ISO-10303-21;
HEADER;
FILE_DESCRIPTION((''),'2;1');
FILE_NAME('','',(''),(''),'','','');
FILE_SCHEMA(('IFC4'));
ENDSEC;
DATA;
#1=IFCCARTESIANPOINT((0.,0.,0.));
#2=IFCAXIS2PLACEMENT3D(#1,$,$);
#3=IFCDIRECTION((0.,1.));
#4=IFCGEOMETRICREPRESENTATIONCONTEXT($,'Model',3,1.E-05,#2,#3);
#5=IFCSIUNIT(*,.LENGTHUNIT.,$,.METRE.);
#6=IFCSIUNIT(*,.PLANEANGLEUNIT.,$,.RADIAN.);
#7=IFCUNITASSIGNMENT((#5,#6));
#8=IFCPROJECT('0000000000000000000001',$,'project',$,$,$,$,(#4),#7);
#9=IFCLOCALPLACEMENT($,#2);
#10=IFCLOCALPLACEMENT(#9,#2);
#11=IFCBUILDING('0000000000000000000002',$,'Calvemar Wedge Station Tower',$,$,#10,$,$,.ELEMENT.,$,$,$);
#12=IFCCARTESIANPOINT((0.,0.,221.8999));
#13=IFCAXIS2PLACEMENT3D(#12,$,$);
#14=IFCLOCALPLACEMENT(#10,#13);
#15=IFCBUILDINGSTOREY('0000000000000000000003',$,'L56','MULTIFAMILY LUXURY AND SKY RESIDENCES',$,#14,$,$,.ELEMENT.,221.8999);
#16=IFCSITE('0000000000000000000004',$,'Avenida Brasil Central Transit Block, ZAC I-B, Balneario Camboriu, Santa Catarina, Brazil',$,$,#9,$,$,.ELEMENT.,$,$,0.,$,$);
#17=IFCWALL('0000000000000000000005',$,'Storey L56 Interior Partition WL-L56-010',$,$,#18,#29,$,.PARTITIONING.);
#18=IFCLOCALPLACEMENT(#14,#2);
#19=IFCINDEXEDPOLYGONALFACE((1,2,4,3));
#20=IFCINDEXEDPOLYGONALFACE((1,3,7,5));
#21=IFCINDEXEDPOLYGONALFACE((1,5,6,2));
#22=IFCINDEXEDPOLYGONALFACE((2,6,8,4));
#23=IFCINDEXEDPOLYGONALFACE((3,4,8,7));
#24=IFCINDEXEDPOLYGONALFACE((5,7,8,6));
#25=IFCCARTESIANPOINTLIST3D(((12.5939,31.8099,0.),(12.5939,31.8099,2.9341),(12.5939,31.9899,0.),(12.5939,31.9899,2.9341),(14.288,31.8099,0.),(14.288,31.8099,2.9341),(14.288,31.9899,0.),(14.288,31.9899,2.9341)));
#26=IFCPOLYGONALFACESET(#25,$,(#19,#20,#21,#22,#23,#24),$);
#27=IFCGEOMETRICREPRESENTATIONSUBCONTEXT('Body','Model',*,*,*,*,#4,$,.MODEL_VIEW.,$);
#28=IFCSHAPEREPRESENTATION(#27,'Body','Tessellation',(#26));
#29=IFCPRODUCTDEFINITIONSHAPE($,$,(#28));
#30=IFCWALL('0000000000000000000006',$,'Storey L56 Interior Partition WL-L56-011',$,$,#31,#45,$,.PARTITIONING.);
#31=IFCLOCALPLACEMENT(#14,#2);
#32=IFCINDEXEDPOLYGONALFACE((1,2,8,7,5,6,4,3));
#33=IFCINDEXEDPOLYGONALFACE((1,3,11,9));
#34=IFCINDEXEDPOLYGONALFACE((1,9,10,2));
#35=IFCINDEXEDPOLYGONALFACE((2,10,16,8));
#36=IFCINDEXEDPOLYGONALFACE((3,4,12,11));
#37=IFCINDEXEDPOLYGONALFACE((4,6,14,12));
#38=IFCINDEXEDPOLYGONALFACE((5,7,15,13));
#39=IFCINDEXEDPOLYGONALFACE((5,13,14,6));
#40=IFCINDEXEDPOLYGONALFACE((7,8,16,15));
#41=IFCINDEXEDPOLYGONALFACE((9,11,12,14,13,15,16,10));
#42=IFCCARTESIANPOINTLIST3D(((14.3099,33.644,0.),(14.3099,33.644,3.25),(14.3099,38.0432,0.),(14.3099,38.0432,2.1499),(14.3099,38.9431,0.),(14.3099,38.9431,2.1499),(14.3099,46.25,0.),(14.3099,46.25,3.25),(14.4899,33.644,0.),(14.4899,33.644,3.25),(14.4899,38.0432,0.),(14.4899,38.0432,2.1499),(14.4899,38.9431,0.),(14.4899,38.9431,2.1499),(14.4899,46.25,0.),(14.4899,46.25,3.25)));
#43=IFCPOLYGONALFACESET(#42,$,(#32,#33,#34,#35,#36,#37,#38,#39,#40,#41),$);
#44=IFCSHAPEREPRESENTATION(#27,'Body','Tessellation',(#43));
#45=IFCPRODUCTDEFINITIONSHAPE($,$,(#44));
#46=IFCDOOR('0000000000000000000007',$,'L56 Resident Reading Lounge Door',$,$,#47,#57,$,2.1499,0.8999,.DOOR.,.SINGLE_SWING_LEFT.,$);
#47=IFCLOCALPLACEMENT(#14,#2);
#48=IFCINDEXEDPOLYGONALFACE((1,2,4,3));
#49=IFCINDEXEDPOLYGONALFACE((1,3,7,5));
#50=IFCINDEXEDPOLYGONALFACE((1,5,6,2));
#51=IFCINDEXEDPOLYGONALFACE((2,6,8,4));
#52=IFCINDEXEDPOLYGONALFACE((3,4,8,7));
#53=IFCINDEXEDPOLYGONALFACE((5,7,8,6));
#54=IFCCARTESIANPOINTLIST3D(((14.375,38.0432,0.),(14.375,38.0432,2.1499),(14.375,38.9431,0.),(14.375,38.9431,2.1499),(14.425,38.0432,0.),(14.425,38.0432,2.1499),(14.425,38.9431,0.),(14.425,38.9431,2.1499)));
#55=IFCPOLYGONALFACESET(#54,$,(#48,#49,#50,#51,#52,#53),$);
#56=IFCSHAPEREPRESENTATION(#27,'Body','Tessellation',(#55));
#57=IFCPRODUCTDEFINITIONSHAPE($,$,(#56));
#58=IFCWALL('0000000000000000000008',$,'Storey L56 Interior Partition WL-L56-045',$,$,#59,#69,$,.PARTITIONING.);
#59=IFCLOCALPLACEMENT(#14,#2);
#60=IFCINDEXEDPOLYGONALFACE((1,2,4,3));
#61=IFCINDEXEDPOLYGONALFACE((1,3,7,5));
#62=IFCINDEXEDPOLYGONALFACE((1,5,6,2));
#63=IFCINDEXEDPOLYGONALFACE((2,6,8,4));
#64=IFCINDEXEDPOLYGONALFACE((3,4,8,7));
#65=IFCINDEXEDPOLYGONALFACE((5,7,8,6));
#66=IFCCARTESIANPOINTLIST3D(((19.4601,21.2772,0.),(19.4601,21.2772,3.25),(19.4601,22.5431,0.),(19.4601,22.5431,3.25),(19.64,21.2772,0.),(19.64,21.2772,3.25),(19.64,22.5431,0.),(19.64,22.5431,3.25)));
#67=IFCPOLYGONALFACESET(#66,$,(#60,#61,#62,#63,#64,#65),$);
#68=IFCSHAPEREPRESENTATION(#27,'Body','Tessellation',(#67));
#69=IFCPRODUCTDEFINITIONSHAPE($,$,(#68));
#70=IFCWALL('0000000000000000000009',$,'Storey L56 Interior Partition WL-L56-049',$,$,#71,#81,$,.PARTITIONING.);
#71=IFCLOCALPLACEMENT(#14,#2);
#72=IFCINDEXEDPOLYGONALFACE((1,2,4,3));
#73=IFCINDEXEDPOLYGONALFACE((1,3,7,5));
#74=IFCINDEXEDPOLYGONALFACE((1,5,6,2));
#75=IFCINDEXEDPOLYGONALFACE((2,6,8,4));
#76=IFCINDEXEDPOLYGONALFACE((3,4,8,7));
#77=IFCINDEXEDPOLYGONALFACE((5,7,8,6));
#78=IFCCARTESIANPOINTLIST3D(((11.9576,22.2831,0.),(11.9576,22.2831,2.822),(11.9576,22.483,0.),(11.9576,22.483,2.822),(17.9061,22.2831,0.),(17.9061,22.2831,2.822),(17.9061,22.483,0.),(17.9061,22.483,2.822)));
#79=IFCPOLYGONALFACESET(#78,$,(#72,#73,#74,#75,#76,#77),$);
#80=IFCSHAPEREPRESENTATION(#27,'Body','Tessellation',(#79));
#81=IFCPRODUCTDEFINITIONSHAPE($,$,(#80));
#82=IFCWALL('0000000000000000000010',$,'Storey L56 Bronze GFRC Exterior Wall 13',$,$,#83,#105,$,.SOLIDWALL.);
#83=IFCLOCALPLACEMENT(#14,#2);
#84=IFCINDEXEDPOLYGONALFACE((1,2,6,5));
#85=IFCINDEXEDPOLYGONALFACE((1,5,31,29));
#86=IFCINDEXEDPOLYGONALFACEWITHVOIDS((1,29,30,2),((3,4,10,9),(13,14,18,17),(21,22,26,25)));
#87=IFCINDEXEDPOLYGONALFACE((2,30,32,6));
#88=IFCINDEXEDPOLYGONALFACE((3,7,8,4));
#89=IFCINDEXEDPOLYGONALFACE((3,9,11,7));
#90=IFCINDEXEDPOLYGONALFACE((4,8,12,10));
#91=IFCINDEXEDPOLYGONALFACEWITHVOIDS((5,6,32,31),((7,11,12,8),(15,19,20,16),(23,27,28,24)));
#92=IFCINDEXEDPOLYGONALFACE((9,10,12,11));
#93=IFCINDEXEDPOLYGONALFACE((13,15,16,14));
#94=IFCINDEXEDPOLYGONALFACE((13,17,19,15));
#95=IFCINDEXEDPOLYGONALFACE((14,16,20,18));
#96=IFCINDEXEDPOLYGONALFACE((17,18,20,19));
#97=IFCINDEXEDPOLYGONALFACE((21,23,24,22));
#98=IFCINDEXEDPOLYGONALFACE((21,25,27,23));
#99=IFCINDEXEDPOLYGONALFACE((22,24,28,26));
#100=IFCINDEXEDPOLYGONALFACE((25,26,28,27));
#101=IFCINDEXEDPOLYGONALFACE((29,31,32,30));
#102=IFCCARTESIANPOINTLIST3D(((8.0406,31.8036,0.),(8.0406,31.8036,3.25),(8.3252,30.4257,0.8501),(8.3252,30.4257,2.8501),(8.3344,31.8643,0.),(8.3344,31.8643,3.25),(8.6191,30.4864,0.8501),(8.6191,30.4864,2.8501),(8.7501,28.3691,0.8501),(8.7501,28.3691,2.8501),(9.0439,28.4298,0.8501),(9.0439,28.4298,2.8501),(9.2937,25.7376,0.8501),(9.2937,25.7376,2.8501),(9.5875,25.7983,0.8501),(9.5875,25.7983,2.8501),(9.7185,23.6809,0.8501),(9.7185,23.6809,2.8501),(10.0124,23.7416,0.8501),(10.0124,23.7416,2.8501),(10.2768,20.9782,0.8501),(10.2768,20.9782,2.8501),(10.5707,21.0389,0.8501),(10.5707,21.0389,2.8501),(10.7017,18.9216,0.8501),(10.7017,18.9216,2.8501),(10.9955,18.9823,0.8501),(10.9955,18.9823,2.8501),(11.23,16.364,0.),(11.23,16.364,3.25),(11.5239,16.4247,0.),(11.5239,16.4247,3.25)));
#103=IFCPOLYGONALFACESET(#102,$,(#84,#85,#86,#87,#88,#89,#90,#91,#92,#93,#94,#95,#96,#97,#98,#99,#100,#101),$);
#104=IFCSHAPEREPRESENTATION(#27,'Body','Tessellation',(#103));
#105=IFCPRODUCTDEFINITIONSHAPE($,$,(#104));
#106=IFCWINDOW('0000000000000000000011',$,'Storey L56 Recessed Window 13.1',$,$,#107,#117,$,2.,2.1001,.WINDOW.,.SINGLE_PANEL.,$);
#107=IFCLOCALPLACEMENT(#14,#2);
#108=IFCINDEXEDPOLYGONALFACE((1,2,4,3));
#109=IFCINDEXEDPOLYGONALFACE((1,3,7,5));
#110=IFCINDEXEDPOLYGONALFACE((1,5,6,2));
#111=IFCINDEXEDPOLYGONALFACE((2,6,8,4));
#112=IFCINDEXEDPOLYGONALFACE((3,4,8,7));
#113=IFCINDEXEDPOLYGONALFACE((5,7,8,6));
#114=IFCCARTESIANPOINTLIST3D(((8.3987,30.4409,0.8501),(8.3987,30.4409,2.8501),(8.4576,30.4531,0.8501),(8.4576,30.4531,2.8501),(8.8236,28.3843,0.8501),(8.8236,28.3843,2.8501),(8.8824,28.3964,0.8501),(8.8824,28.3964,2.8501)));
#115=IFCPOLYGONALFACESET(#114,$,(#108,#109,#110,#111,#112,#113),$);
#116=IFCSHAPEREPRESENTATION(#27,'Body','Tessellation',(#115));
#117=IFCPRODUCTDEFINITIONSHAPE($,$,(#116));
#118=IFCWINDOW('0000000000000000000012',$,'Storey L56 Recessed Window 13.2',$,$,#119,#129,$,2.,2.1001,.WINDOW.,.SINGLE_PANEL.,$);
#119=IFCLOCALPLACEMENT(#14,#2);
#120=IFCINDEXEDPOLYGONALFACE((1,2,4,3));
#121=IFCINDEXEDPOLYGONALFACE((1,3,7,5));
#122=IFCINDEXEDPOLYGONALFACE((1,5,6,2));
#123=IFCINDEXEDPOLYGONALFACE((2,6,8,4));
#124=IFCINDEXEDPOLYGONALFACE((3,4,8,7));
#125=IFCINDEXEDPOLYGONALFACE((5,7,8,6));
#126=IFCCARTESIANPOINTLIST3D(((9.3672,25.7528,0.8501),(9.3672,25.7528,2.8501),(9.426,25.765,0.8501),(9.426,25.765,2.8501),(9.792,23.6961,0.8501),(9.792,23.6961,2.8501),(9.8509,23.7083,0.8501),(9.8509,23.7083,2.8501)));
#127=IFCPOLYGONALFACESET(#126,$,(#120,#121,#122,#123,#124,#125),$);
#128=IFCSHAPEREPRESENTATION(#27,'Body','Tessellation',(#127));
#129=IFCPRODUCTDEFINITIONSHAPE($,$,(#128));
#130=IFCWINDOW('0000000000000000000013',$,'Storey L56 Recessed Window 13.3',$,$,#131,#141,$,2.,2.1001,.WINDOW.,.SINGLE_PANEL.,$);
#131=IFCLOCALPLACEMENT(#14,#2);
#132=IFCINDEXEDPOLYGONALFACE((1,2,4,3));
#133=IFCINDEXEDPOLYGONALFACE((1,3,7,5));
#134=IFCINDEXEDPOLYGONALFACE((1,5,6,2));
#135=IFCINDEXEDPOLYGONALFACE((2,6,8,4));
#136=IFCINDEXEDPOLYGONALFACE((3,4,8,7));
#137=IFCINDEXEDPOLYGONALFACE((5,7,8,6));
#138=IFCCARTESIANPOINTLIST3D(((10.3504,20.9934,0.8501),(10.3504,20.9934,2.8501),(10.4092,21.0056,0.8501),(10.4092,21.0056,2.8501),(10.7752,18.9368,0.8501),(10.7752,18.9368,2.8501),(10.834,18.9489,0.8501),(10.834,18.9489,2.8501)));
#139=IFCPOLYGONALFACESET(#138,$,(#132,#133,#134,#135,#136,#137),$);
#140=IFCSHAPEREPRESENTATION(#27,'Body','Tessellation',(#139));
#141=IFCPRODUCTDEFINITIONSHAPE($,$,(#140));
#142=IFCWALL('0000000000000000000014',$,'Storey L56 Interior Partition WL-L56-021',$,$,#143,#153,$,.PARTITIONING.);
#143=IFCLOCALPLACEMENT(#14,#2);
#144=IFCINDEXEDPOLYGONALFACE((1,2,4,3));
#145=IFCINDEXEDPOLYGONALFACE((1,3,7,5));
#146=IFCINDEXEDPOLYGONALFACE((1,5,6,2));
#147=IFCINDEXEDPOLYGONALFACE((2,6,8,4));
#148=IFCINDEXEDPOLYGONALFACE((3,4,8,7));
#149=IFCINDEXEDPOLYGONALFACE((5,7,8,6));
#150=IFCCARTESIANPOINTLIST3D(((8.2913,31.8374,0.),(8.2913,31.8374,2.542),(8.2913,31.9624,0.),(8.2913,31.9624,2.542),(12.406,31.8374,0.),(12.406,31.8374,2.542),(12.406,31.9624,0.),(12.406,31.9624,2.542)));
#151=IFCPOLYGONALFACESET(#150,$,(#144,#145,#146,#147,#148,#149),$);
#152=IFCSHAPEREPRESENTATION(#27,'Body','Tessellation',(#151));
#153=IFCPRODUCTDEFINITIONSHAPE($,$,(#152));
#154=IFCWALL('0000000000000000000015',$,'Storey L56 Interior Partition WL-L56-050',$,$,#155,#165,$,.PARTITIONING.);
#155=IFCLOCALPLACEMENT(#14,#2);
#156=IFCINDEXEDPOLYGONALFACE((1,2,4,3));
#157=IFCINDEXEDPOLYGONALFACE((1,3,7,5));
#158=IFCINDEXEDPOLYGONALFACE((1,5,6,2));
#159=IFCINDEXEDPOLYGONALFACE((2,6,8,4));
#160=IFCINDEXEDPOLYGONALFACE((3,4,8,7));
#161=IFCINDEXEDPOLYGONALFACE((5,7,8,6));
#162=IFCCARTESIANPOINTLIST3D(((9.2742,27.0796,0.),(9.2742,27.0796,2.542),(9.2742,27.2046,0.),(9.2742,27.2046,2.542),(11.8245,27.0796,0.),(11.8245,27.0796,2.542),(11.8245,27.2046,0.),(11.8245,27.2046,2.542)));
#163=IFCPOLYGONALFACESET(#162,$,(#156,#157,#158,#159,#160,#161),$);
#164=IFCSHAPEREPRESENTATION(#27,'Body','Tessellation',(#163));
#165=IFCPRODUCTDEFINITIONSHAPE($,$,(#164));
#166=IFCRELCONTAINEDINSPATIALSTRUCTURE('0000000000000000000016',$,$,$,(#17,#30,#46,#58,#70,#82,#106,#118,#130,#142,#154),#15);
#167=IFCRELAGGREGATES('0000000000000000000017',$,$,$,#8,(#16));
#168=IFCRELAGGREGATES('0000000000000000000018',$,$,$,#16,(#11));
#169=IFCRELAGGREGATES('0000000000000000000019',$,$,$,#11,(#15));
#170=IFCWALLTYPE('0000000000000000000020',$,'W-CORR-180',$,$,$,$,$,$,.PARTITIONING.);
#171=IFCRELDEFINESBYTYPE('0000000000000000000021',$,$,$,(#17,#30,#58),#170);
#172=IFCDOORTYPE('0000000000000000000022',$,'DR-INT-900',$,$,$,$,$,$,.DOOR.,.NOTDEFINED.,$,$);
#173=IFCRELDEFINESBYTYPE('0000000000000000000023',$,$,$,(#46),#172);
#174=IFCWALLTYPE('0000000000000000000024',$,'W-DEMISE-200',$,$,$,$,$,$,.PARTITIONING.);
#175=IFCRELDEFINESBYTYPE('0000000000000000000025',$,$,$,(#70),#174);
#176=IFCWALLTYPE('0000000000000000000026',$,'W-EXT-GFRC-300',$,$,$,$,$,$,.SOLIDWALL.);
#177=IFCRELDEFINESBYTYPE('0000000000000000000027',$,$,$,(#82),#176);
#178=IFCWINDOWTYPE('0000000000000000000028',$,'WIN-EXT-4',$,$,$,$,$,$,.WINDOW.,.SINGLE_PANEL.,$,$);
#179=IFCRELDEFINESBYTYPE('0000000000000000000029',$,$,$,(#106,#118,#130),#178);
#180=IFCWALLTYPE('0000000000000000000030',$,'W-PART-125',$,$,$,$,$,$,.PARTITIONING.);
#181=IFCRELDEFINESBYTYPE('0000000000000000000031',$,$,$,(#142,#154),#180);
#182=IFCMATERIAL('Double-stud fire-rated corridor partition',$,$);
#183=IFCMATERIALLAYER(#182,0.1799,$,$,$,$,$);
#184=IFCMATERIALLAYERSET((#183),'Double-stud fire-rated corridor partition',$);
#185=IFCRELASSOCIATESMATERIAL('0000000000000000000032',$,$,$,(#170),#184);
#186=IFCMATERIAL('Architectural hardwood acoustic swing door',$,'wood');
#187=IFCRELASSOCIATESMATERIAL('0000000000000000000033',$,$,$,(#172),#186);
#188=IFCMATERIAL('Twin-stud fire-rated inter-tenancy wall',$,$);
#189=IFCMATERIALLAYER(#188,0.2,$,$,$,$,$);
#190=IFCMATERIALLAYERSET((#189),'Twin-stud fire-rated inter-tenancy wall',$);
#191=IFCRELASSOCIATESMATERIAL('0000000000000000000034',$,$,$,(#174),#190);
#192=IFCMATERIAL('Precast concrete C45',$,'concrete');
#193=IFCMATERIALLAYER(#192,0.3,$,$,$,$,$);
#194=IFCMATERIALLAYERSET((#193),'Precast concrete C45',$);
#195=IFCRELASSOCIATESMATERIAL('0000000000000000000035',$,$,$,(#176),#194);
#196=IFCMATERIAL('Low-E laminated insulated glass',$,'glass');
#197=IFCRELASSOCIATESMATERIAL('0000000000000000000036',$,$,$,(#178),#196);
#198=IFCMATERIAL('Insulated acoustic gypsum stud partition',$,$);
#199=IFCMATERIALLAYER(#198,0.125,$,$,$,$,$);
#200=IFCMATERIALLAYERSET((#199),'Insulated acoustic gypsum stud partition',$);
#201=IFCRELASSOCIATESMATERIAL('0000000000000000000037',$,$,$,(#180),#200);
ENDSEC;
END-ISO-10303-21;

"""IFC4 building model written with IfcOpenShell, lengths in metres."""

from ifc_helpers import new_model, si_unit, direction, frame, frame_2d, origin, place, context, subcontext, project, spatial, rectangle, extrude, source, transform, mapped, material, layer, layer_set, type_object, element, fill, save


model = new_model("IFC4")

# Units and contexts
model_context = context("Model", 3, precision=1e-05, world=origin(), true_north=direction((0.0, 1.0)))
body_context = subcontext(model_context, "Body", "Model", "MODEL_VIEW")
ifc_project = project(units=[si_unit("LENGTHUNIT", "METRE"), si_unit("PLANEANGLEUNIT", "RADIAN")], contexts=[model_context])

# Site, building, storey
site_placement = place(None, origin())
site = spatial("IfcSite", under=ifc_project, at=site_placement, Name="Avenida Brasil Central Transit Block, ZAC I-B, Balneario Camboriu, Santa Catarina, Brazil", CompositionType="ELEMENT", RefElevation=0.0)
building_placement = place(site_placement, origin())
building = spatial("IfcBuilding", under=site, at=building_placement, Name="Calvemar Wedge Station Tower", CompositionType="ELEMENT")
storey_placement = place(building_placement, frame((0.0, 0.0, 221.8999)))
storey = spatial("IfcBuildingStorey", under=building, at=storey_placement, Name="L56", Description="MULTIFAMILY LUXURY AND SKY RESIDENCES", CompositionType="ELEMENT", Elevation=221.8999)

# Shared definitions
ifc_material_1 = material(Name="Precast concrete C45", Category="concrete")

# Wall
ifc_material_2 = material(Name="Double-stud fire-rated corridor partition")
ifc_layer_1 = layer(ifc_material_2, 0.1799)
ifc_layer_set_1 = layer_set([ifc_layer_1], Name="Double-stud fire-rated corridor partition")
wall_type_1 = type_object("IfcWallType", Name="W-CORR-180", PredefinedType="PARTITIONING", material=ifc_layer_set_1)
wall_1_placement = place(storey_placement, frame((14.2881, 31.8999, 0.0), z_axis=(0.0, 0.0, 1.0), x_axis=(-1.0, 0.0, 0.0)))
element("IfcWall", 1, at=wall_1_placement, inside=storey, type_object=wall_type_1, Name="Storey L56 Interior Partition WL-L56-010", PredefinedType="PARTITIONING", context=body_context, shape_type="SweptSolid", body=[
    extrude(rectangle(XDim=1.6941, YDim=0.1799, at=frame_2d((0.8472, 0.0))), origin(), (0.0, 0.0, 1.0), 2.9341),
])

# Wall, opening, door
wall_2_placement = place(storey_placement, frame((14.3999, 33.644, 0.0), z_axis=(0.0, 0.0, 1.0), x_axis=(0.0, 1.0, 0.0)))
wall_2 = element("IfcWall", 2, at=wall_2_placement, inside=storey, type_object=wall_type_1, Name="Storey L56 Interior Partition WL-L56-011", PredefinedType="PARTITIONING", context=body_context, shape_type="SweptSolid", body=[
    extrude(rectangle(XDim=12.606, YDim=0.1799, at=frame_2d((6.303, 0.0))), origin(), (0.0, 0.0, 1.0), 3.25),
])
shared_shape_1 = source(origin(), body_context, "Body", "SweptSolid", [
    extrude(rectangle(XDim=0.8999, YDim=2.1499, at=frame_2d((0.45, 1.075))), frame((0.0, 0.1001, 0.0), z_axis=(0.0, -1.0, 0.0), x_axis=(1.0, 0.0, 0.0)), (0.0, 0.0, 1.0), 0.2),
])
opening_1_placement = place(wall_2_placement, frame((4.3992, 0.0, 0.0)))
opening_1 = element("IfcOpeningElement", 3, at=opening_1_placement, cuts=wall_2, PredefinedType="OPENING", context=body_context, shape_type="MappedRepresentation", body=[
    mapped(shared_shape_1, transform((0.0, 0.0, 0.0), scale=1.0)),
])
ifc_material_3 = material(Name="Architectural hardwood acoustic swing door", Category="wood")
door_type_1 = type_object("IfcDoorType", Name="DR-INT-900", OperationType="NOTDEFINED", PredefinedType="DOOR", material=ifc_material_3)
shared_shape_2 = source(origin(), body_context, "Body", "SweptSolid", [
    extrude(rectangle(XDim=0.8999, YDim=2.1499, at=frame_2d((0.45, 1.075))), frame((0.0, 0.0249, 0.0), z_axis=(0.0, -1.0, 0.0), x_axis=(1.0, 0.0, 0.0)), (0.0, 0.0, 1.0), 0.05),
])
door_1_placement = place(opening_1_placement, origin())
door_1 = element("IfcDoor", 4, at=door_1_placement, inside=storey, type_object=door_type_1, Name="L56 Resident Reading Lounge Door", OperationType="SINGLE_SWING_LEFT", OverallHeight=2.1499, OverallWidth=0.8999, PredefinedType="DOOR", context=body_context, shape_type="MappedRepresentation", body=[
    mapped(shared_shape_2, transform((0.0, 0.0, 0.0), scale=1.0)),
])
fill(opening_1, door_1)

# Walls
wall_3_placement = place(storey_placement, frame((19.55, 22.543, 0.0), z_axis=(0.0, 0.0, 1.0), x_axis=(0.0, -1.0, 0.0)))
element("IfcWall", 5, at=wall_3_placement, inside=storey, type_object=wall_type_1, Name="Storey L56 Interior Partition WL-L56-045", PredefinedType="PARTITIONING", context=body_context, shape_type="SweptSolid", body=[
    extrude(rectangle(XDim=1.2659, YDim=0.1799, at=frame_2d((0.6328, 0.0))), origin(), (0.0, 0.0, 1.0), 3.25),
])
ifc_material_4 = material(Name="Twin-stud fire-rated inter-tenancy wall")
ifc_layer_2 = layer(ifc_material_4, 0.2)
ifc_layer_set_2 = layer_set([ifc_layer_2], Name="Twin-stud fire-rated inter-tenancy wall")
wall_type_2 = type_object("IfcWallType", Name="W-DEMISE-200", PredefinedType="PARTITIONING", material=ifc_layer_set_2)
wall_4_placement = place(storey_placement, frame((17.906, 22.3831, 0.0), z_axis=(0.0, 0.0, 1.0), x_axis=(-1.0, 0.0, 0.0)))
element("IfcWall", 6, at=wall_4_placement, inside=storey, type_object=wall_type_2, Name="Storey L56 Interior Partition WL-L56-049", PredefinedType="PARTITIONING", context=body_context, shape_type="SweptSolid", body=[
    extrude(rectangle(XDim=5.9485, YDim=0.2, at=frame_2d((2.9741, 0.0))), origin(), (0.0, 0.0, 1.0), 2.822),
])

# Wall, openings, windows
ifc_layer_3 = layer(ifc_material_1, 0.3)
ifc_layer_set_3 = layer_set([ifc_layer_3], Name="Precast concrete C45")
wall_type_3 = type_object("IfcWallType", Name="W-EXT-GFRC-300", PredefinedType="SOLIDWALL", material=ifc_layer_set_3)
wall_5_placement = place(storey_placement, frame((8.1875, 31.834, 0.0), z_axis=(0.0, 0.0, 1.0), x_axis=(0.202303, -0.979323, 0.0)))
wall_5 = element("IfcWall", 7, at=wall_5_placement, inside=storey, type_object=wall_type_3, Name="Storey L56 Bronze GFRC Exterior Wall 13", PredefinedType="SOLIDWALL", context=body_context, shape_type="SweptSolid", body=[
    extrude(rectangle(XDim=15.7656, YDim=0.3, at=frame_2d((7.8828, 0.0))), origin(), (0.0, 0.0, 1.0), 3.25),
])
shared_shape_3 = source(origin(), body_context, "Body", "SweptSolid", [
    extrude(rectangle(XDim=2.1001, YDim=2.0, at=frame_2d((1.05, 1.0))), frame((0.0, 0.1602, 0.0), z_axis=(0.0, -1.0, 0.0), x_axis=(1.0, 0.0, 0.0)), (0.0, 0.0, 1.0), 0.3201),
])
opening_2_placement = place(wall_5_placement, frame((1.407, 0.0, 0.8501)))
opening_2 = element("IfcOpeningElement", 8, at=opening_2_placement, cuts=wall_5, PredefinedType="OPENING", context=body_context, shape_type="MappedRepresentation", body=[
    mapped(shared_shape_3, transform((0.0, 0.0, 0.0), scale=1.0)),
])
opening_3_placement = place(wall_5_placement, frame((6.1941, 0.0, 0.8501)))
opening_3 = element("IfcOpeningElement", 9, at=opening_3_placement, cuts=wall_5, PredefinedType="OPENING", context=body_context, shape_type="MappedRepresentation", body=[
    mapped(shared_shape_3, transform((0.0, 0.0, 0.0), scale=1.0)),
])
opening_4_placement = place(wall_5_placement, frame((11.054, 0.0, 0.8501)))
opening_4 = element("IfcOpeningElement", 10, at=opening_4_placement, cuts=wall_5, PredefinedType="OPENING", context=body_context, shape_type="MappedRepresentation", body=[
    mapped(shared_shape_3, transform((0.0, 0.0, 0.0), scale=1.0)),
])
ifc_material_5 = material(Name="Low-E laminated insulated glass", Category="glass")
window_type = type_object("IfcWindowType", Name="WIN-EXT-4", PartitioningType="SINGLE_PANEL", PredefinedType="WINDOW", material=ifc_material_5)
shared_shape_4 = source(origin(), body_context, "Body", "SweptSolid", [
    extrude(rectangle(XDim=2.1001, YDim=2.0, at=frame_2d((1.05, 1.0))), frame((0.0, -0.0149, 0.0), z_axis=(0.0, -1.0, 0.0), x_axis=(1.0, 0.0, 0.0)), (0.0, 0.0, 1.0), 0.0601),
])
window_1_placement = place(opening_2_placement, origin())
window_1 = element("IfcWindow", 11, at=window_1_placement, inside=storey, type_object=window_type, Name="Storey L56 Recessed Window 13.1", OverallHeight=2.0, OverallWidth=2.1001, PartitioningType="SINGLE_PANEL", PredefinedType="WINDOW", context=body_context, shape_type="MappedRepresentation", body=[
    mapped(shared_shape_4, transform((0.0, 0.0, 0.0), scale=1.0)),
])
fill(opening_2, window_1)
window_2_placement = place(opening_3_placement, origin())
window_2 = element("IfcWindow", 12, at=window_2_placement, inside=storey, type_object=window_type, Name="Storey L56 Recessed Window 13.2", OverallHeight=2.0, OverallWidth=2.1001, PartitioningType="SINGLE_PANEL", PredefinedType="WINDOW", context=body_context, shape_type="MappedRepresentation", body=[
    mapped(shared_shape_4, transform((0.0, 0.0, 0.0), scale=1.0)),
])
fill(opening_3, window_2)
window_3_placement = place(opening_4_placement, origin())
window_3 = element("IfcWindow", 13, at=window_3_placement, inside=storey, type_object=window_type, Name="Storey L56 Recessed Window 13.3", OverallHeight=2.0, OverallWidth=2.1001, PartitioningType="SINGLE_PANEL", PredefinedType="WINDOW", context=body_context, shape_type="MappedRepresentation", body=[
    mapped(shared_shape_4, transform((0.0, 0.0, 0.0), scale=1.0)),
])
fill(opening_4, window_3)

# Wall
ifc_material_6 = material(Name="Insulated acoustic gypsum stud partition")
ifc_layer_4 = layer(ifc_material_6, 0.125)
ifc_layer_set_4 = layer_set([ifc_layer_4], Name="Insulated acoustic gypsum stud partition")
wall_type_4 = type_object("IfcWallType", Name="W-PART-125", PredefinedType="PARTITIONING", material=ifc_layer_set_4)
wall_6_placement = place(storey_placement, frame((12.406, 31.8999, 0.0), z_axis=(0.0, 0.0, 1.0), x_axis=(-1.0, 0.0, 0.0)))
element("IfcWall", 14, at=wall_6_placement, inside=storey, type_object=wall_type_4, Name="Storey L56 Interior Partition WL-L56-021", PredefinedType="PARTITIONING", context=body_context, shape_type="SweptSolid", body=[
    extrude(rectangle(XDim=4.1147, YDim=0.125, at=frame_2d((2.0574, 0.0))), origin(), (0.0, 0.0, 1.0), 2.542),
])

# Wall
wall_7_placement = place(storey_placement, frame((9.2742, 27.1421, 0.0), z_axis=(0.0, 0.0, 1.0), x_axis=(1.0, 0.0, 0.0)))
element("IfcWall", 15, at=wall_7_placement, inside=storey, type_object=wall_type_4, Name="Storey L56 Interior Partition WL-L56-050", PredefinedType="PARTITIONING", context=body_context, shape_type="SweptSolid", body=[
    extrude(rectangle(XDim=2.5503, YDim=0.125, at=frame_2d((1.2751, 0.0))), origin(), (0.0, 0.0, 1.0), 2.542),
])

save(model, "model.ifc")
